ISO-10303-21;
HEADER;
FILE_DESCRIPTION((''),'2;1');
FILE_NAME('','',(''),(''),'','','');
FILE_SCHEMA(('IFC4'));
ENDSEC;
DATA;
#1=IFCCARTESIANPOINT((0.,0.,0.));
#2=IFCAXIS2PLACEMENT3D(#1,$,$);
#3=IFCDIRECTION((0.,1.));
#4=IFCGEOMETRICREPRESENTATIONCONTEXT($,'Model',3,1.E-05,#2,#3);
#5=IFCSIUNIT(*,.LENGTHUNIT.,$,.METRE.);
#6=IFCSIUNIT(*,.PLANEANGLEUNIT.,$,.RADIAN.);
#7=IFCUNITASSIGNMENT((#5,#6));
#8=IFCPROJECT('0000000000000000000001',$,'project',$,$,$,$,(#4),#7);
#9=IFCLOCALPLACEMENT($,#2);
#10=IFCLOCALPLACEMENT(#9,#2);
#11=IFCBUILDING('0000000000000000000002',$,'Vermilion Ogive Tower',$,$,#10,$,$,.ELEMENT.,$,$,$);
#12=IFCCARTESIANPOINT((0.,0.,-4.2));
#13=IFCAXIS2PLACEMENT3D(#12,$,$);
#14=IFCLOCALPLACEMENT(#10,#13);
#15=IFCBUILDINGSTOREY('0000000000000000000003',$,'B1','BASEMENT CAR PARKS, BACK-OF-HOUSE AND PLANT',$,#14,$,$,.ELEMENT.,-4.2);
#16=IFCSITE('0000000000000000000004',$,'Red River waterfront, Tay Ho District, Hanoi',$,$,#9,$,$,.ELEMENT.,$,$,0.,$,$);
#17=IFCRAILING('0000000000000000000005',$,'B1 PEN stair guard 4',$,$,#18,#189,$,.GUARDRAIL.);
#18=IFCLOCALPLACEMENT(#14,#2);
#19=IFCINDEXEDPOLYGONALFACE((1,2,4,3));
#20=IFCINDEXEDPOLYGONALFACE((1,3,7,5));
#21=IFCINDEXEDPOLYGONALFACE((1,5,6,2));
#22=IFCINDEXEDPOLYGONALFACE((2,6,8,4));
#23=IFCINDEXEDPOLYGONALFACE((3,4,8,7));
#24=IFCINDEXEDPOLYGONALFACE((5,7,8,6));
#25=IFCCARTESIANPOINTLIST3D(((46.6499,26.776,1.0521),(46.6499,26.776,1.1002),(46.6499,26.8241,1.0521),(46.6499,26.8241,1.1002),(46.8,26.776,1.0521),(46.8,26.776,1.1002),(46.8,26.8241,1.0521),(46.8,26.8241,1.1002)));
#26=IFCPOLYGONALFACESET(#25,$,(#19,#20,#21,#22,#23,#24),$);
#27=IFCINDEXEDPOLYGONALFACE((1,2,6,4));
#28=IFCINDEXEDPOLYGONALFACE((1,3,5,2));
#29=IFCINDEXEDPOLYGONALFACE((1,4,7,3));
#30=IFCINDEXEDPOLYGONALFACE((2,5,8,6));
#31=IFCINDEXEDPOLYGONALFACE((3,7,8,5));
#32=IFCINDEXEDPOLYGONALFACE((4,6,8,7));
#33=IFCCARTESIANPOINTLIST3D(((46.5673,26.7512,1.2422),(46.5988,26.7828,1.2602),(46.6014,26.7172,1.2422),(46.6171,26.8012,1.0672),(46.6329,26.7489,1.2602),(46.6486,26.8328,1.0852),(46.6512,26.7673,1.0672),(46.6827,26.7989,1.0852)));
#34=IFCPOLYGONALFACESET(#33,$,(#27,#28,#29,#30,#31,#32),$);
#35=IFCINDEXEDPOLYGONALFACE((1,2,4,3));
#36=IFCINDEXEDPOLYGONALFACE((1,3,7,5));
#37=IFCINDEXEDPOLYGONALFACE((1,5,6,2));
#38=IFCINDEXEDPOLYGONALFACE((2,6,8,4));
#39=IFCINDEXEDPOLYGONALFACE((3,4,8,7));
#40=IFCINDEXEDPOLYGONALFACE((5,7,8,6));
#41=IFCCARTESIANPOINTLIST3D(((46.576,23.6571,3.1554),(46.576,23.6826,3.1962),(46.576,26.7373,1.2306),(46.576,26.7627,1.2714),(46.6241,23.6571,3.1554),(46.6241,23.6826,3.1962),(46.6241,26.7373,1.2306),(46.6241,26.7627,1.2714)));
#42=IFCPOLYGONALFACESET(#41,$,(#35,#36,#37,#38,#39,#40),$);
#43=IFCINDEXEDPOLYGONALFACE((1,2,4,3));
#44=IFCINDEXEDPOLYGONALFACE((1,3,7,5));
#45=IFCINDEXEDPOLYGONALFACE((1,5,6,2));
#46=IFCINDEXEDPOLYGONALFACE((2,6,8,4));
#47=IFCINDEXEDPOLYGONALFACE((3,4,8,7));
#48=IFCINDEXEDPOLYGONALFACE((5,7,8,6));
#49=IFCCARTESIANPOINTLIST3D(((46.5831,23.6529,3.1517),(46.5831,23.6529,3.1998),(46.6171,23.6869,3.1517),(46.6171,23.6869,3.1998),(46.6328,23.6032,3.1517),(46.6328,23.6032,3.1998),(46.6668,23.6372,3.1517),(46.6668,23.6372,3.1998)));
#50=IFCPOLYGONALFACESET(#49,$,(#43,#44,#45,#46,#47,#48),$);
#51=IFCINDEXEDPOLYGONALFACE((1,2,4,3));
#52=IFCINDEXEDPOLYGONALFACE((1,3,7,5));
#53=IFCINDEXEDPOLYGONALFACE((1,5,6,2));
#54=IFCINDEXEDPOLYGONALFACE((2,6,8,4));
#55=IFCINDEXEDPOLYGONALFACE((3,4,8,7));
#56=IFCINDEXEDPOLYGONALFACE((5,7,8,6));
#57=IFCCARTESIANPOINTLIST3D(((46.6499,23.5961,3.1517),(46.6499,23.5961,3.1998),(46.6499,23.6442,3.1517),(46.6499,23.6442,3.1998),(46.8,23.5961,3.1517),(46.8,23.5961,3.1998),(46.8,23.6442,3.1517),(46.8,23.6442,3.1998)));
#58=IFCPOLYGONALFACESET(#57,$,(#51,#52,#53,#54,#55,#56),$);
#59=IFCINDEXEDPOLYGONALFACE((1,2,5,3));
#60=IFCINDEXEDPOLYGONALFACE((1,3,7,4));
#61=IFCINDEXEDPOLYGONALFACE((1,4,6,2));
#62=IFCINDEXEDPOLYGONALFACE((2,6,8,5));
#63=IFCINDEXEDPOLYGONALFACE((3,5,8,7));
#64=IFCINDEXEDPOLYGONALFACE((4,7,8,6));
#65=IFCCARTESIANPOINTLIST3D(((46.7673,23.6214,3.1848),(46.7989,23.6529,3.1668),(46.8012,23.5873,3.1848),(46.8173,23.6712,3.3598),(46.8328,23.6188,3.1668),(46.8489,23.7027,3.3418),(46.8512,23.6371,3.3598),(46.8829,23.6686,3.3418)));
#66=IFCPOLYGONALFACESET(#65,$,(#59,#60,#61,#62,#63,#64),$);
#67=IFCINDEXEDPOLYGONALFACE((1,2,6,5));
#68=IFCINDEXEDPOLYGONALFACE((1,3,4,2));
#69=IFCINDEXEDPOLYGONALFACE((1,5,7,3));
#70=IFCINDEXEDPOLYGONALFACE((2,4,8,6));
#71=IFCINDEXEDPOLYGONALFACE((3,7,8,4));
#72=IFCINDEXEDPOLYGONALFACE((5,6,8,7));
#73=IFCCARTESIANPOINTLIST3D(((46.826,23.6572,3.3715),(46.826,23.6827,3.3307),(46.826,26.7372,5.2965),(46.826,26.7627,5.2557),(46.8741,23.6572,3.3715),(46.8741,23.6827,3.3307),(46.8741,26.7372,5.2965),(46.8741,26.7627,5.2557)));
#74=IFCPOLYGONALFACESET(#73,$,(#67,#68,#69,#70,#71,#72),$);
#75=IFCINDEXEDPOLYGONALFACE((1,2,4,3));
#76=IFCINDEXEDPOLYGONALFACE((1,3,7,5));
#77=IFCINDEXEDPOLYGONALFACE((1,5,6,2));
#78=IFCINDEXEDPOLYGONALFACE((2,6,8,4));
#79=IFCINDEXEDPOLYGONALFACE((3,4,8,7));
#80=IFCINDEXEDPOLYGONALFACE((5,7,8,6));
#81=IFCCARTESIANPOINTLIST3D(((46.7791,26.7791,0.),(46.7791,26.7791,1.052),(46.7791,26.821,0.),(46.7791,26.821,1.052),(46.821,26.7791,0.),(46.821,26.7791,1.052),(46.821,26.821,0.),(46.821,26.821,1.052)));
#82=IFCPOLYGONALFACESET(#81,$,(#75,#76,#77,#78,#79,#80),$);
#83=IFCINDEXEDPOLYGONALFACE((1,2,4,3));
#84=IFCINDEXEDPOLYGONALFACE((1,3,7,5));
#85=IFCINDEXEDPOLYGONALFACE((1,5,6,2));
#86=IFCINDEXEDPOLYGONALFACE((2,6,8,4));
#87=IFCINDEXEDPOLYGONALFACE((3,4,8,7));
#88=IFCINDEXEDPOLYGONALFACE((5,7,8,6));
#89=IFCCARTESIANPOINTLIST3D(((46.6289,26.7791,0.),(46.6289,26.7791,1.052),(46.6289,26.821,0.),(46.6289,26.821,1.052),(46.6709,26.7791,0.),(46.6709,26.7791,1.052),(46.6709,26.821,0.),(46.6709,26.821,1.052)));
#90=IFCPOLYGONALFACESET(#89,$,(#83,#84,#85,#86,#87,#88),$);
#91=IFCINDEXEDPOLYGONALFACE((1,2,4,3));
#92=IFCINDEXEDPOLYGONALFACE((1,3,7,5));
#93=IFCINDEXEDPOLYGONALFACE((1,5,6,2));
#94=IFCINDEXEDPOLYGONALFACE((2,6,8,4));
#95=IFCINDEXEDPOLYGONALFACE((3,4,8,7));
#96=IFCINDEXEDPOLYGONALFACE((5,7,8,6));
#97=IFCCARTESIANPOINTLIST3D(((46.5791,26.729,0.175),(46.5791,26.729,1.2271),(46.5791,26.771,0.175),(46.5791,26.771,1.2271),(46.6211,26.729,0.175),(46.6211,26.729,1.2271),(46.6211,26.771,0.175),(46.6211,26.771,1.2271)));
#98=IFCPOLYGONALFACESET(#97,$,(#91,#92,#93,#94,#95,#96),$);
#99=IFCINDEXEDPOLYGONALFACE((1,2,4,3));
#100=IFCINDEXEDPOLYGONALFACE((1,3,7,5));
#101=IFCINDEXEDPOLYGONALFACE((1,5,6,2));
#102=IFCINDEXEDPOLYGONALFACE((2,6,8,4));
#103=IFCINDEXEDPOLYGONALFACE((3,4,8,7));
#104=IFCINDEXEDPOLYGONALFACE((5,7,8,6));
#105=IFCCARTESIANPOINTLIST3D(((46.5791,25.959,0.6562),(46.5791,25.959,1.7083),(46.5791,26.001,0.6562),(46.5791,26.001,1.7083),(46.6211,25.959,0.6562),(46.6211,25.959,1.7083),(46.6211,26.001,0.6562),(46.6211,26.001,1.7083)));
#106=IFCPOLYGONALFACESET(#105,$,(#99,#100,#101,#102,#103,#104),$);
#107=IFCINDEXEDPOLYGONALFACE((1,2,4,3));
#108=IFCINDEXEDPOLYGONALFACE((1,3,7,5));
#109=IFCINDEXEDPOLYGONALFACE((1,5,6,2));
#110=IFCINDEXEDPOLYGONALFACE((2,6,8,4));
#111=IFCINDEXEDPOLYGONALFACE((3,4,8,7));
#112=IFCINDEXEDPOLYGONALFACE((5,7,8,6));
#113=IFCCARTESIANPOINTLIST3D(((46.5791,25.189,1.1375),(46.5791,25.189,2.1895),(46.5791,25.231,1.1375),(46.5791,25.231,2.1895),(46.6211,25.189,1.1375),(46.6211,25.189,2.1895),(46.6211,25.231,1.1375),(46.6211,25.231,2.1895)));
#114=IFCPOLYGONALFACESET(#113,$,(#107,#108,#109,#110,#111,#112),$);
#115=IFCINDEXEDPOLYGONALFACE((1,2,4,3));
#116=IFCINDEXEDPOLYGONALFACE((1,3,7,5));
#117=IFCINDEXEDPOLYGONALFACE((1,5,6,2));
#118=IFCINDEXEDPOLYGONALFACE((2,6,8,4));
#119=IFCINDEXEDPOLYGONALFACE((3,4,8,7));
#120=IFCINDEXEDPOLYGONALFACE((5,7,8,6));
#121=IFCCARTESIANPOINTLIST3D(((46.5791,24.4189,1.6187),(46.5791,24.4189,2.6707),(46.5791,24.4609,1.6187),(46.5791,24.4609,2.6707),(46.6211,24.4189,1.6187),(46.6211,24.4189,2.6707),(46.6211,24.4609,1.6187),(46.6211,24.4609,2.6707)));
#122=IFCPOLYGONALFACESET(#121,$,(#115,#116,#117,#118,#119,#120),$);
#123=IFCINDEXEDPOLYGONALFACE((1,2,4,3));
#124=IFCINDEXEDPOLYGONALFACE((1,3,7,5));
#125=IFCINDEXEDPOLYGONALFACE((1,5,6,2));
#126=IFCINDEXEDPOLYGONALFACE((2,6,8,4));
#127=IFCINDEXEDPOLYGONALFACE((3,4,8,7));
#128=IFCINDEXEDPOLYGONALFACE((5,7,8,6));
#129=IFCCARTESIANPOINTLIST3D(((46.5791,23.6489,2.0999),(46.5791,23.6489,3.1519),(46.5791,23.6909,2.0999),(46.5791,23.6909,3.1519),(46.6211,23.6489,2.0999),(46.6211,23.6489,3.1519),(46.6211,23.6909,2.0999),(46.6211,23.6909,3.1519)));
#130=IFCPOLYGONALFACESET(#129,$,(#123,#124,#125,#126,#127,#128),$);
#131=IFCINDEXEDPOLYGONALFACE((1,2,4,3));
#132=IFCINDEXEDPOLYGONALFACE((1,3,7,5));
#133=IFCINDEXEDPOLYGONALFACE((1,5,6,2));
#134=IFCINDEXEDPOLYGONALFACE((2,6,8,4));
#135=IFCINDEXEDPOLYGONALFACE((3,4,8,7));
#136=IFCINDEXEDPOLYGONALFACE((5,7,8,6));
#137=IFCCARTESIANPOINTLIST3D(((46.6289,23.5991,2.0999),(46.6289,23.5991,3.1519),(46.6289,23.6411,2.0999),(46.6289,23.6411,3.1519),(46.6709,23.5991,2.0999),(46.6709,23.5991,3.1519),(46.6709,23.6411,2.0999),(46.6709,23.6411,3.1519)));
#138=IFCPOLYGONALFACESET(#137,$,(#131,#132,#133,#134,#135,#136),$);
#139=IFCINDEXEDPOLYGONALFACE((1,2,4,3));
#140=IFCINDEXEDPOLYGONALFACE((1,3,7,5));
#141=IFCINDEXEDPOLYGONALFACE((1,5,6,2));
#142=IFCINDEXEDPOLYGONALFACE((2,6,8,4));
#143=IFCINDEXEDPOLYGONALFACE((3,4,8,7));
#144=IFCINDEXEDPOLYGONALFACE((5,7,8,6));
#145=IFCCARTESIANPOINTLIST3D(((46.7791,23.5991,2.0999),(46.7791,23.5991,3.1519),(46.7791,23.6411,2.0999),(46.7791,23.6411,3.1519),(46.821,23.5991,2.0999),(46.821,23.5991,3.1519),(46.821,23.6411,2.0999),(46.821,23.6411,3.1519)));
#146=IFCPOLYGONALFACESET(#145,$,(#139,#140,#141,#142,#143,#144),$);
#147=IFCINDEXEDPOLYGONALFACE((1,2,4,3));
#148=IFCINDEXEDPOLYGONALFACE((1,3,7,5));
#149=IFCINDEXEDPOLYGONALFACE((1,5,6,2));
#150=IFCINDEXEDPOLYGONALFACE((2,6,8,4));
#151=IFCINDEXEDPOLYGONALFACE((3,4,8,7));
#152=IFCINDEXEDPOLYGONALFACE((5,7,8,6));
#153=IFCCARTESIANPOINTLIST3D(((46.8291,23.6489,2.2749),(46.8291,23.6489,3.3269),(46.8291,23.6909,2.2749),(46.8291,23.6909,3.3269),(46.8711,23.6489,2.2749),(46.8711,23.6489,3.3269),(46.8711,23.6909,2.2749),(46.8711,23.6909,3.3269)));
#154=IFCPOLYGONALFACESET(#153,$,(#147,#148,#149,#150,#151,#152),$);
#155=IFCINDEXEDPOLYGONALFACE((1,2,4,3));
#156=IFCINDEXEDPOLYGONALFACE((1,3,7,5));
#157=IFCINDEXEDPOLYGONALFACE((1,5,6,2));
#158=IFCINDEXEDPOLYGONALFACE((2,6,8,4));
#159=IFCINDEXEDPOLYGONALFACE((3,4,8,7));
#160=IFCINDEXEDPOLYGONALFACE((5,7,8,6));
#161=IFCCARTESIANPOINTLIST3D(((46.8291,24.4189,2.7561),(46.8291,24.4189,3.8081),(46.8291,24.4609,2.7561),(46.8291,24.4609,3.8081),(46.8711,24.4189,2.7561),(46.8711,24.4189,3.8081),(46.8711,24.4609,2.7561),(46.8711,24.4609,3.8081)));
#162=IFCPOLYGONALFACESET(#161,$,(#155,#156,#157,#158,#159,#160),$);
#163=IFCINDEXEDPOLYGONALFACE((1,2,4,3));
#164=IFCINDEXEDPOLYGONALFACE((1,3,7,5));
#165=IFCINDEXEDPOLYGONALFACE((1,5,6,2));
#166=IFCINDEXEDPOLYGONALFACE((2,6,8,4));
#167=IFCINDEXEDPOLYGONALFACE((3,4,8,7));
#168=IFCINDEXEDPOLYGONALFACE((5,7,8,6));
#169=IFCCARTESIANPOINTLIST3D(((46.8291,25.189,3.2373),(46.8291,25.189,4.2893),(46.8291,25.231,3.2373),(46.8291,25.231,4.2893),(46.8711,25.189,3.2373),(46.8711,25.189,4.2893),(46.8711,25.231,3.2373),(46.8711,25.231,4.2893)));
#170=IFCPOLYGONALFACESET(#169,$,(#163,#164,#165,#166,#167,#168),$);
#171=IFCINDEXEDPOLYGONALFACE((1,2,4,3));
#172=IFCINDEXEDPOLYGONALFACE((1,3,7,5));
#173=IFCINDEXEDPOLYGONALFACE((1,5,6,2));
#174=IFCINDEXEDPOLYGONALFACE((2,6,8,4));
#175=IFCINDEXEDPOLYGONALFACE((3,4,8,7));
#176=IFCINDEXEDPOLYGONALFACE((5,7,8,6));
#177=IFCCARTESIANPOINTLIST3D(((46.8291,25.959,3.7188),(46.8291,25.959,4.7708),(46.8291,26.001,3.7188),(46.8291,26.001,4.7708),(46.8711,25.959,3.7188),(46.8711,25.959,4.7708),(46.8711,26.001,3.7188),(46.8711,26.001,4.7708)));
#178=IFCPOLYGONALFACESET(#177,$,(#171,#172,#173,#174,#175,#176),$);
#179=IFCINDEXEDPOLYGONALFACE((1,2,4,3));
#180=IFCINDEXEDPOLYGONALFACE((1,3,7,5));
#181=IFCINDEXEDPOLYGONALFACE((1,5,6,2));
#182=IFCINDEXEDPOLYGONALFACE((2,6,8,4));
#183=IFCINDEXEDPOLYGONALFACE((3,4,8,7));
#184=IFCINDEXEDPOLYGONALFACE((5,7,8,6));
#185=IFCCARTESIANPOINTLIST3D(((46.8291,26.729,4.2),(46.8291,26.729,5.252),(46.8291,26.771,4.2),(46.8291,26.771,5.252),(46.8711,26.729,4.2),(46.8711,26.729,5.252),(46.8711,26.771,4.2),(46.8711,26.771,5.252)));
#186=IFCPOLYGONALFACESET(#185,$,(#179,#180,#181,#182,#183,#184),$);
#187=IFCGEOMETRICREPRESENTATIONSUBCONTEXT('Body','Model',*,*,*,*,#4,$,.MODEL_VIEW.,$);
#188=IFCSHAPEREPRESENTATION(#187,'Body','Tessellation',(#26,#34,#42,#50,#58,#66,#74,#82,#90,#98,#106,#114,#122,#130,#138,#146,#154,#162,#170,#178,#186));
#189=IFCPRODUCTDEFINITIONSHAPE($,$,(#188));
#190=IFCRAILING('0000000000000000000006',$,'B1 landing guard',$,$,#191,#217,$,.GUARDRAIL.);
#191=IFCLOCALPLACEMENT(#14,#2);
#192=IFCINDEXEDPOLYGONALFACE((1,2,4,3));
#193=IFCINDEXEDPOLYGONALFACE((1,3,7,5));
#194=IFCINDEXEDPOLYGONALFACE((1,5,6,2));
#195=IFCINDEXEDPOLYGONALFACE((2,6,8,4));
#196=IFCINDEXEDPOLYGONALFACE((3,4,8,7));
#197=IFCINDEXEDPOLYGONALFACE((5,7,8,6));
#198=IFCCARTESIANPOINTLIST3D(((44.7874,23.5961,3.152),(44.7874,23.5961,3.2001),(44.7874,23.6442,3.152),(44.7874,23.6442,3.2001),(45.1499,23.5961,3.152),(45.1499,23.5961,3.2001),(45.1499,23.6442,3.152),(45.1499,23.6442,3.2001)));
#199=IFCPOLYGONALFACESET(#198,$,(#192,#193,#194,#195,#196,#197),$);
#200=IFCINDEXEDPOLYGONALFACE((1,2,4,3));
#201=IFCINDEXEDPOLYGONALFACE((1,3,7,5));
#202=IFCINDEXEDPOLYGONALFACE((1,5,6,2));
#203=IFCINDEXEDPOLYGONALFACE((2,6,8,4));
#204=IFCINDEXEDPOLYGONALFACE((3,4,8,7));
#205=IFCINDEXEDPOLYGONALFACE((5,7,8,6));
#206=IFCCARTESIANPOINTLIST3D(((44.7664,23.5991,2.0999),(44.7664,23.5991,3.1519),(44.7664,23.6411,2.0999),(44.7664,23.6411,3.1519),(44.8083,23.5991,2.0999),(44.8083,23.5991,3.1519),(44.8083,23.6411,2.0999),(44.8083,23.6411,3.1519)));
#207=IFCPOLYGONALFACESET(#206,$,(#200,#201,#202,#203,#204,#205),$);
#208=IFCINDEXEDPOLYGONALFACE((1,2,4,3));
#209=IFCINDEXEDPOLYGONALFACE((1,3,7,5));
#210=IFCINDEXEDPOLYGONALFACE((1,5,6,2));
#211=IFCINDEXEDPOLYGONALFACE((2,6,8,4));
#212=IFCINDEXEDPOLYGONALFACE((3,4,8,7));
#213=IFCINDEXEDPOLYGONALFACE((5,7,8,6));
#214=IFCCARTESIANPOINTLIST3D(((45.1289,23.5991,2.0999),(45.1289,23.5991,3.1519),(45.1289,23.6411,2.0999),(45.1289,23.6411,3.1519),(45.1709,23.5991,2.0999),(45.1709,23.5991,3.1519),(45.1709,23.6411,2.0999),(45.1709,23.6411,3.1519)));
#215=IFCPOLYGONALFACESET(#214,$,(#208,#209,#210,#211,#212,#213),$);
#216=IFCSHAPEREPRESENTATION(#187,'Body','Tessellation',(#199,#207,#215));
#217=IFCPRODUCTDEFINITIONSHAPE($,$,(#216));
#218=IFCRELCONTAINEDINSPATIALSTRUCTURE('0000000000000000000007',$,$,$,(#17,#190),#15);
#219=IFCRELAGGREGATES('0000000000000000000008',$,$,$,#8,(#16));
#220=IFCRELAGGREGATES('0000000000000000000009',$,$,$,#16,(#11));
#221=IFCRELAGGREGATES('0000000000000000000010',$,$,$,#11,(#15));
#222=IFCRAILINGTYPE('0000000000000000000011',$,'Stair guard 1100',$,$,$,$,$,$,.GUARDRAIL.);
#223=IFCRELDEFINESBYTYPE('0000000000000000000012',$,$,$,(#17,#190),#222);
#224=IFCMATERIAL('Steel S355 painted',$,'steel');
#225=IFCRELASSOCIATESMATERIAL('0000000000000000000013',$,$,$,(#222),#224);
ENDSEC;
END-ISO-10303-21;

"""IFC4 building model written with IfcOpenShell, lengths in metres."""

from ifc_helpers import new_model, si_unit, direction, frame, origin, origin_2d, place, context, subcontext, project, spatial, rectangle, extrude, material, type_object, element, save


model = new_model("IFC4")

# Units and contexts
model_context = context("Model", 3, precision=1e-05, world=origin(), true_north=direction((0.0, 1.0)))
body_context = subcontext(model_context, "Body", "Model", "MODEL_VIEW")
ifc_project = project(units=[si_unit("LENGTHUNIT", "METRE"), si_unit("PLANEANGLEUNIT", "RADIAN")], contexts=[model_context])

# Site, building, storey
site_placement = place(None, origin())
site = spatial("IfcSite", under=ifc_project, at=site_placement, Name="Red River waterfront, Tay Ho District, Hanoi", CompositionType="ELEMENT", RefElevation=0.0)
building_placement = place(site_placement, origin())
building = spatial("IfcBuilding", under=site, at=building_placement, Name="Vermilion Ogive Tower", CompositionType="ELEMENT")
storey_placement = place(building_placement, frame((0.0, 0.0, -4.2)))
storey = spatial("IfcBuildingStorey", under=building, at=storey_placement, Name="B1", Description="BASEMENT CAR PARKS, BACK-OF-HOUSE AND PLANT", CompositionType="ELEMENT", Elevation=-4.2)

# Railings
ifc_material_1 = material(Name="Steel S355 painted", Category="steel")
railing_type_1 = type_object("IfcRailingType", Name="Stair guard 1100", PredefinedType="GUARDRAIL", material=ifc_material_1)
railing_1_placement = place(storey_placement, frame((46.8, 26.8, 0.0)))
element("IfcRailing", 1, at=railing_1_placement, inside=storey, type_object=railing_type_1, Name="B1 PEN stair guard 4", PredefinedType="GUARDRAIL", context=body_context, shape_type="SweptSolid", body=[
    extrude(rectangle(XDim=0.0481, YDim=0.0481, at=origin_2d()), frame((0.0, 0.0, 1.0762), z_axis=(-1.0, 0.0, 0.0), x_axis=(0.0, -1.0, 0.0)), (0.0, 0.0, 1.0), 0.1501),
    extrude(rectangle(XDim=0.0481, YDim=0.0481, at=origin_2d()), frame((-0.1501, 0.0, 1.0762), z_axis=(-0.263862, -0.265156, 0.927399), x_axis=(0.708834, -0.705376, 0.0)), (0.0, 0.0, 1.0), 0.1887),
    extrude(rectangle(XDim=0.0481, YDim=0.0481, at=origin_2d()), frame((-0.2, -0.05, 1.251), z_axis=(0.0, -0.848029, 0.529951), x_axis=(1.0, 0.0, 0.0)), (0.0, 0.0, 1.0), 3.6321),
    extrude(rectangle(XDim=0.0481, YDim=0.0481, at=origin_2d()), frame((-0.2, -3.1301, 3.1758), z_axis=(0.707107, -0.707107, 0.0), x_axis=(0.707107, 0.707107, 0.0)), (0.0, 0.0, 1.0), 0.0703),
    extrude(rectangle(XDim=0.0481, YDim=0.0481, at=origin_2d()), frame((-0.1501, -3.1799, 3.1758), z_axis=(1.0, 0.0, 0.0), x_axis=(0.0, 1.0, 0.0)), (0.0, 0.0, 1.0), 0.1501),
    extrude(rectangle(XDim=0.0481, YDim=0.0481, at=origin_2d()), frame((0.0, -3.1799, 3.1758), z_axis=(0.265156, 0.263862, 0.927399), x_axis=(-0.705376, 0.708834, 0.0)), (0.0, 0.0, 1.0), 0.1887),
    extrude(rectangle(XDim=0.0481, YDim=0.0481, at=origin_2d()), frame((0.05, -3.1301, 3.3511), z_axis=(0.0, 0.847998, 0.529999), x_axis=(-1.0, 0.0, 0.0)), (0.0, 0.0, 1.0), 3.6321),
    extrude(rectangle(XDim=0.042, YDim=0.042, at=origin_2d()), origin(), (0.0, 0.0, 1.0), 1.052),
    extrude(rectangle(XDim=0.042, YDim=0.042, at=origin_2d()), frame((-0.1501, 0.0, 0.0)), (0.0, 0.0, 1.0), 1.052),
    extrude(rectangle(XDim=0.042, YDim=0.042, at=origin_2d()), frame((-0.2, -0.05, 0.175)), (0.0, 0.0, 1.0), 1.052),
    extrude(rectangle(XDim=0.042, YDim=0.042, at=origin_2d()), frame((-0.2, -0.8201, 0.6562)), (0.0, 0.0, 1.0), 1.052),
    extrude(rectangle(XDim=0.042, YDim=0.042, at=origin_2d()), frame((-0.2, -1.5901, 1.1375)), (0.0, 0.0, 1.0), 1.052),
    extrude(rectangle(XDim=0.042, YDim=0.042, at=origin_2d()), frame((-0.2, -2.3601, 1.6187)), (0.0, 0.0, 1.0), 1.052),
    extrude(rectangle(XDim=0.042, YDim=0.042, at=origin_2d()), frame((-0.2, -3.1301, 2.0999)), (0.0, 0.0, 1.0), 1.052),
    extrude(rectangle(XDim=0.042, YDim=0.042, at=origin_2d()), frame((-0.1501, -3.1799, 2.0999)), (0.0, 0.0, 1.0), 1.052),
    extrude(rectangle(XDim=0.042, YDim=0.042, at=origin_2d()), frame((0.0, -3.1799, 2.0999)), (0.0, 0.0, 1.0), 1.052),
    extrude(rectangle(XDim=0.042, YDim=0.042, at=origin_2d()), frame((0.05, -3.1301, 2.2749)), (0.0, 0.0, 1.0), 1.052),
    extrude(rectangle(XDim=0.042, YDim=0.042, at=origin_2d()), frame((0.05, -2.3601, 2.7561)), (0.0, 0.0, 1.0), 1.052),
    extrude(rectangle(XDim=0.042, YDim=0.042, at=origin_2d()), frame((0.05, -1.5901, 3.2373)), (0.0, 0.0, 1.0), 1.052),
    extrude(rectangle(XDim=0.042, YDim=0.042, at=origin_2d()), frame((0.05, -0.8201, 3.7188)), (0.0, 0.0, 1.0), 1.052),
    extrude(rectangle(XDim=0.042, YDim=0.042, at=origin_2d()), frame((0.05, -0.05, 4.2)), (0.0, 0.0, 1.0), 1.052),
])
railing_2_placement = place(storey_placement, frame((44.7874, 23.6201, 2.0999)))
element("IfcRailing", 2, at=railing_2_placement, inside=storey, type_object=railing_type_1, Name="B1 landing guard", PredefinedType="GUARDRAIL", context=body_context, shape_type="SweptSolid", body=[
    extrude(rectangle(XDim=0.0481, YDim=0.0481, at=origin_2d()), frame((0.0, 0.0, 1.0762), z_axis=(1.0, 0.0, 0.0), x_axis=(0.0, 1.0, 0.0)), (0.0, 0.0, 1.0), 0.3625),
    extrude(rectangle(XDim=0.042, YDim=0.042, at=origin_2d()), origin(), (0.0, 0.0, 1.0), 1.052),
    extrude(rectangle(XDim=0.042, YDim=0.042, at=origin_2d()), frame((0.3625, 0.0, 0.0)), (0.0, 0.0, 1.0), 1.052),
])

save(model, "model.ifc")
